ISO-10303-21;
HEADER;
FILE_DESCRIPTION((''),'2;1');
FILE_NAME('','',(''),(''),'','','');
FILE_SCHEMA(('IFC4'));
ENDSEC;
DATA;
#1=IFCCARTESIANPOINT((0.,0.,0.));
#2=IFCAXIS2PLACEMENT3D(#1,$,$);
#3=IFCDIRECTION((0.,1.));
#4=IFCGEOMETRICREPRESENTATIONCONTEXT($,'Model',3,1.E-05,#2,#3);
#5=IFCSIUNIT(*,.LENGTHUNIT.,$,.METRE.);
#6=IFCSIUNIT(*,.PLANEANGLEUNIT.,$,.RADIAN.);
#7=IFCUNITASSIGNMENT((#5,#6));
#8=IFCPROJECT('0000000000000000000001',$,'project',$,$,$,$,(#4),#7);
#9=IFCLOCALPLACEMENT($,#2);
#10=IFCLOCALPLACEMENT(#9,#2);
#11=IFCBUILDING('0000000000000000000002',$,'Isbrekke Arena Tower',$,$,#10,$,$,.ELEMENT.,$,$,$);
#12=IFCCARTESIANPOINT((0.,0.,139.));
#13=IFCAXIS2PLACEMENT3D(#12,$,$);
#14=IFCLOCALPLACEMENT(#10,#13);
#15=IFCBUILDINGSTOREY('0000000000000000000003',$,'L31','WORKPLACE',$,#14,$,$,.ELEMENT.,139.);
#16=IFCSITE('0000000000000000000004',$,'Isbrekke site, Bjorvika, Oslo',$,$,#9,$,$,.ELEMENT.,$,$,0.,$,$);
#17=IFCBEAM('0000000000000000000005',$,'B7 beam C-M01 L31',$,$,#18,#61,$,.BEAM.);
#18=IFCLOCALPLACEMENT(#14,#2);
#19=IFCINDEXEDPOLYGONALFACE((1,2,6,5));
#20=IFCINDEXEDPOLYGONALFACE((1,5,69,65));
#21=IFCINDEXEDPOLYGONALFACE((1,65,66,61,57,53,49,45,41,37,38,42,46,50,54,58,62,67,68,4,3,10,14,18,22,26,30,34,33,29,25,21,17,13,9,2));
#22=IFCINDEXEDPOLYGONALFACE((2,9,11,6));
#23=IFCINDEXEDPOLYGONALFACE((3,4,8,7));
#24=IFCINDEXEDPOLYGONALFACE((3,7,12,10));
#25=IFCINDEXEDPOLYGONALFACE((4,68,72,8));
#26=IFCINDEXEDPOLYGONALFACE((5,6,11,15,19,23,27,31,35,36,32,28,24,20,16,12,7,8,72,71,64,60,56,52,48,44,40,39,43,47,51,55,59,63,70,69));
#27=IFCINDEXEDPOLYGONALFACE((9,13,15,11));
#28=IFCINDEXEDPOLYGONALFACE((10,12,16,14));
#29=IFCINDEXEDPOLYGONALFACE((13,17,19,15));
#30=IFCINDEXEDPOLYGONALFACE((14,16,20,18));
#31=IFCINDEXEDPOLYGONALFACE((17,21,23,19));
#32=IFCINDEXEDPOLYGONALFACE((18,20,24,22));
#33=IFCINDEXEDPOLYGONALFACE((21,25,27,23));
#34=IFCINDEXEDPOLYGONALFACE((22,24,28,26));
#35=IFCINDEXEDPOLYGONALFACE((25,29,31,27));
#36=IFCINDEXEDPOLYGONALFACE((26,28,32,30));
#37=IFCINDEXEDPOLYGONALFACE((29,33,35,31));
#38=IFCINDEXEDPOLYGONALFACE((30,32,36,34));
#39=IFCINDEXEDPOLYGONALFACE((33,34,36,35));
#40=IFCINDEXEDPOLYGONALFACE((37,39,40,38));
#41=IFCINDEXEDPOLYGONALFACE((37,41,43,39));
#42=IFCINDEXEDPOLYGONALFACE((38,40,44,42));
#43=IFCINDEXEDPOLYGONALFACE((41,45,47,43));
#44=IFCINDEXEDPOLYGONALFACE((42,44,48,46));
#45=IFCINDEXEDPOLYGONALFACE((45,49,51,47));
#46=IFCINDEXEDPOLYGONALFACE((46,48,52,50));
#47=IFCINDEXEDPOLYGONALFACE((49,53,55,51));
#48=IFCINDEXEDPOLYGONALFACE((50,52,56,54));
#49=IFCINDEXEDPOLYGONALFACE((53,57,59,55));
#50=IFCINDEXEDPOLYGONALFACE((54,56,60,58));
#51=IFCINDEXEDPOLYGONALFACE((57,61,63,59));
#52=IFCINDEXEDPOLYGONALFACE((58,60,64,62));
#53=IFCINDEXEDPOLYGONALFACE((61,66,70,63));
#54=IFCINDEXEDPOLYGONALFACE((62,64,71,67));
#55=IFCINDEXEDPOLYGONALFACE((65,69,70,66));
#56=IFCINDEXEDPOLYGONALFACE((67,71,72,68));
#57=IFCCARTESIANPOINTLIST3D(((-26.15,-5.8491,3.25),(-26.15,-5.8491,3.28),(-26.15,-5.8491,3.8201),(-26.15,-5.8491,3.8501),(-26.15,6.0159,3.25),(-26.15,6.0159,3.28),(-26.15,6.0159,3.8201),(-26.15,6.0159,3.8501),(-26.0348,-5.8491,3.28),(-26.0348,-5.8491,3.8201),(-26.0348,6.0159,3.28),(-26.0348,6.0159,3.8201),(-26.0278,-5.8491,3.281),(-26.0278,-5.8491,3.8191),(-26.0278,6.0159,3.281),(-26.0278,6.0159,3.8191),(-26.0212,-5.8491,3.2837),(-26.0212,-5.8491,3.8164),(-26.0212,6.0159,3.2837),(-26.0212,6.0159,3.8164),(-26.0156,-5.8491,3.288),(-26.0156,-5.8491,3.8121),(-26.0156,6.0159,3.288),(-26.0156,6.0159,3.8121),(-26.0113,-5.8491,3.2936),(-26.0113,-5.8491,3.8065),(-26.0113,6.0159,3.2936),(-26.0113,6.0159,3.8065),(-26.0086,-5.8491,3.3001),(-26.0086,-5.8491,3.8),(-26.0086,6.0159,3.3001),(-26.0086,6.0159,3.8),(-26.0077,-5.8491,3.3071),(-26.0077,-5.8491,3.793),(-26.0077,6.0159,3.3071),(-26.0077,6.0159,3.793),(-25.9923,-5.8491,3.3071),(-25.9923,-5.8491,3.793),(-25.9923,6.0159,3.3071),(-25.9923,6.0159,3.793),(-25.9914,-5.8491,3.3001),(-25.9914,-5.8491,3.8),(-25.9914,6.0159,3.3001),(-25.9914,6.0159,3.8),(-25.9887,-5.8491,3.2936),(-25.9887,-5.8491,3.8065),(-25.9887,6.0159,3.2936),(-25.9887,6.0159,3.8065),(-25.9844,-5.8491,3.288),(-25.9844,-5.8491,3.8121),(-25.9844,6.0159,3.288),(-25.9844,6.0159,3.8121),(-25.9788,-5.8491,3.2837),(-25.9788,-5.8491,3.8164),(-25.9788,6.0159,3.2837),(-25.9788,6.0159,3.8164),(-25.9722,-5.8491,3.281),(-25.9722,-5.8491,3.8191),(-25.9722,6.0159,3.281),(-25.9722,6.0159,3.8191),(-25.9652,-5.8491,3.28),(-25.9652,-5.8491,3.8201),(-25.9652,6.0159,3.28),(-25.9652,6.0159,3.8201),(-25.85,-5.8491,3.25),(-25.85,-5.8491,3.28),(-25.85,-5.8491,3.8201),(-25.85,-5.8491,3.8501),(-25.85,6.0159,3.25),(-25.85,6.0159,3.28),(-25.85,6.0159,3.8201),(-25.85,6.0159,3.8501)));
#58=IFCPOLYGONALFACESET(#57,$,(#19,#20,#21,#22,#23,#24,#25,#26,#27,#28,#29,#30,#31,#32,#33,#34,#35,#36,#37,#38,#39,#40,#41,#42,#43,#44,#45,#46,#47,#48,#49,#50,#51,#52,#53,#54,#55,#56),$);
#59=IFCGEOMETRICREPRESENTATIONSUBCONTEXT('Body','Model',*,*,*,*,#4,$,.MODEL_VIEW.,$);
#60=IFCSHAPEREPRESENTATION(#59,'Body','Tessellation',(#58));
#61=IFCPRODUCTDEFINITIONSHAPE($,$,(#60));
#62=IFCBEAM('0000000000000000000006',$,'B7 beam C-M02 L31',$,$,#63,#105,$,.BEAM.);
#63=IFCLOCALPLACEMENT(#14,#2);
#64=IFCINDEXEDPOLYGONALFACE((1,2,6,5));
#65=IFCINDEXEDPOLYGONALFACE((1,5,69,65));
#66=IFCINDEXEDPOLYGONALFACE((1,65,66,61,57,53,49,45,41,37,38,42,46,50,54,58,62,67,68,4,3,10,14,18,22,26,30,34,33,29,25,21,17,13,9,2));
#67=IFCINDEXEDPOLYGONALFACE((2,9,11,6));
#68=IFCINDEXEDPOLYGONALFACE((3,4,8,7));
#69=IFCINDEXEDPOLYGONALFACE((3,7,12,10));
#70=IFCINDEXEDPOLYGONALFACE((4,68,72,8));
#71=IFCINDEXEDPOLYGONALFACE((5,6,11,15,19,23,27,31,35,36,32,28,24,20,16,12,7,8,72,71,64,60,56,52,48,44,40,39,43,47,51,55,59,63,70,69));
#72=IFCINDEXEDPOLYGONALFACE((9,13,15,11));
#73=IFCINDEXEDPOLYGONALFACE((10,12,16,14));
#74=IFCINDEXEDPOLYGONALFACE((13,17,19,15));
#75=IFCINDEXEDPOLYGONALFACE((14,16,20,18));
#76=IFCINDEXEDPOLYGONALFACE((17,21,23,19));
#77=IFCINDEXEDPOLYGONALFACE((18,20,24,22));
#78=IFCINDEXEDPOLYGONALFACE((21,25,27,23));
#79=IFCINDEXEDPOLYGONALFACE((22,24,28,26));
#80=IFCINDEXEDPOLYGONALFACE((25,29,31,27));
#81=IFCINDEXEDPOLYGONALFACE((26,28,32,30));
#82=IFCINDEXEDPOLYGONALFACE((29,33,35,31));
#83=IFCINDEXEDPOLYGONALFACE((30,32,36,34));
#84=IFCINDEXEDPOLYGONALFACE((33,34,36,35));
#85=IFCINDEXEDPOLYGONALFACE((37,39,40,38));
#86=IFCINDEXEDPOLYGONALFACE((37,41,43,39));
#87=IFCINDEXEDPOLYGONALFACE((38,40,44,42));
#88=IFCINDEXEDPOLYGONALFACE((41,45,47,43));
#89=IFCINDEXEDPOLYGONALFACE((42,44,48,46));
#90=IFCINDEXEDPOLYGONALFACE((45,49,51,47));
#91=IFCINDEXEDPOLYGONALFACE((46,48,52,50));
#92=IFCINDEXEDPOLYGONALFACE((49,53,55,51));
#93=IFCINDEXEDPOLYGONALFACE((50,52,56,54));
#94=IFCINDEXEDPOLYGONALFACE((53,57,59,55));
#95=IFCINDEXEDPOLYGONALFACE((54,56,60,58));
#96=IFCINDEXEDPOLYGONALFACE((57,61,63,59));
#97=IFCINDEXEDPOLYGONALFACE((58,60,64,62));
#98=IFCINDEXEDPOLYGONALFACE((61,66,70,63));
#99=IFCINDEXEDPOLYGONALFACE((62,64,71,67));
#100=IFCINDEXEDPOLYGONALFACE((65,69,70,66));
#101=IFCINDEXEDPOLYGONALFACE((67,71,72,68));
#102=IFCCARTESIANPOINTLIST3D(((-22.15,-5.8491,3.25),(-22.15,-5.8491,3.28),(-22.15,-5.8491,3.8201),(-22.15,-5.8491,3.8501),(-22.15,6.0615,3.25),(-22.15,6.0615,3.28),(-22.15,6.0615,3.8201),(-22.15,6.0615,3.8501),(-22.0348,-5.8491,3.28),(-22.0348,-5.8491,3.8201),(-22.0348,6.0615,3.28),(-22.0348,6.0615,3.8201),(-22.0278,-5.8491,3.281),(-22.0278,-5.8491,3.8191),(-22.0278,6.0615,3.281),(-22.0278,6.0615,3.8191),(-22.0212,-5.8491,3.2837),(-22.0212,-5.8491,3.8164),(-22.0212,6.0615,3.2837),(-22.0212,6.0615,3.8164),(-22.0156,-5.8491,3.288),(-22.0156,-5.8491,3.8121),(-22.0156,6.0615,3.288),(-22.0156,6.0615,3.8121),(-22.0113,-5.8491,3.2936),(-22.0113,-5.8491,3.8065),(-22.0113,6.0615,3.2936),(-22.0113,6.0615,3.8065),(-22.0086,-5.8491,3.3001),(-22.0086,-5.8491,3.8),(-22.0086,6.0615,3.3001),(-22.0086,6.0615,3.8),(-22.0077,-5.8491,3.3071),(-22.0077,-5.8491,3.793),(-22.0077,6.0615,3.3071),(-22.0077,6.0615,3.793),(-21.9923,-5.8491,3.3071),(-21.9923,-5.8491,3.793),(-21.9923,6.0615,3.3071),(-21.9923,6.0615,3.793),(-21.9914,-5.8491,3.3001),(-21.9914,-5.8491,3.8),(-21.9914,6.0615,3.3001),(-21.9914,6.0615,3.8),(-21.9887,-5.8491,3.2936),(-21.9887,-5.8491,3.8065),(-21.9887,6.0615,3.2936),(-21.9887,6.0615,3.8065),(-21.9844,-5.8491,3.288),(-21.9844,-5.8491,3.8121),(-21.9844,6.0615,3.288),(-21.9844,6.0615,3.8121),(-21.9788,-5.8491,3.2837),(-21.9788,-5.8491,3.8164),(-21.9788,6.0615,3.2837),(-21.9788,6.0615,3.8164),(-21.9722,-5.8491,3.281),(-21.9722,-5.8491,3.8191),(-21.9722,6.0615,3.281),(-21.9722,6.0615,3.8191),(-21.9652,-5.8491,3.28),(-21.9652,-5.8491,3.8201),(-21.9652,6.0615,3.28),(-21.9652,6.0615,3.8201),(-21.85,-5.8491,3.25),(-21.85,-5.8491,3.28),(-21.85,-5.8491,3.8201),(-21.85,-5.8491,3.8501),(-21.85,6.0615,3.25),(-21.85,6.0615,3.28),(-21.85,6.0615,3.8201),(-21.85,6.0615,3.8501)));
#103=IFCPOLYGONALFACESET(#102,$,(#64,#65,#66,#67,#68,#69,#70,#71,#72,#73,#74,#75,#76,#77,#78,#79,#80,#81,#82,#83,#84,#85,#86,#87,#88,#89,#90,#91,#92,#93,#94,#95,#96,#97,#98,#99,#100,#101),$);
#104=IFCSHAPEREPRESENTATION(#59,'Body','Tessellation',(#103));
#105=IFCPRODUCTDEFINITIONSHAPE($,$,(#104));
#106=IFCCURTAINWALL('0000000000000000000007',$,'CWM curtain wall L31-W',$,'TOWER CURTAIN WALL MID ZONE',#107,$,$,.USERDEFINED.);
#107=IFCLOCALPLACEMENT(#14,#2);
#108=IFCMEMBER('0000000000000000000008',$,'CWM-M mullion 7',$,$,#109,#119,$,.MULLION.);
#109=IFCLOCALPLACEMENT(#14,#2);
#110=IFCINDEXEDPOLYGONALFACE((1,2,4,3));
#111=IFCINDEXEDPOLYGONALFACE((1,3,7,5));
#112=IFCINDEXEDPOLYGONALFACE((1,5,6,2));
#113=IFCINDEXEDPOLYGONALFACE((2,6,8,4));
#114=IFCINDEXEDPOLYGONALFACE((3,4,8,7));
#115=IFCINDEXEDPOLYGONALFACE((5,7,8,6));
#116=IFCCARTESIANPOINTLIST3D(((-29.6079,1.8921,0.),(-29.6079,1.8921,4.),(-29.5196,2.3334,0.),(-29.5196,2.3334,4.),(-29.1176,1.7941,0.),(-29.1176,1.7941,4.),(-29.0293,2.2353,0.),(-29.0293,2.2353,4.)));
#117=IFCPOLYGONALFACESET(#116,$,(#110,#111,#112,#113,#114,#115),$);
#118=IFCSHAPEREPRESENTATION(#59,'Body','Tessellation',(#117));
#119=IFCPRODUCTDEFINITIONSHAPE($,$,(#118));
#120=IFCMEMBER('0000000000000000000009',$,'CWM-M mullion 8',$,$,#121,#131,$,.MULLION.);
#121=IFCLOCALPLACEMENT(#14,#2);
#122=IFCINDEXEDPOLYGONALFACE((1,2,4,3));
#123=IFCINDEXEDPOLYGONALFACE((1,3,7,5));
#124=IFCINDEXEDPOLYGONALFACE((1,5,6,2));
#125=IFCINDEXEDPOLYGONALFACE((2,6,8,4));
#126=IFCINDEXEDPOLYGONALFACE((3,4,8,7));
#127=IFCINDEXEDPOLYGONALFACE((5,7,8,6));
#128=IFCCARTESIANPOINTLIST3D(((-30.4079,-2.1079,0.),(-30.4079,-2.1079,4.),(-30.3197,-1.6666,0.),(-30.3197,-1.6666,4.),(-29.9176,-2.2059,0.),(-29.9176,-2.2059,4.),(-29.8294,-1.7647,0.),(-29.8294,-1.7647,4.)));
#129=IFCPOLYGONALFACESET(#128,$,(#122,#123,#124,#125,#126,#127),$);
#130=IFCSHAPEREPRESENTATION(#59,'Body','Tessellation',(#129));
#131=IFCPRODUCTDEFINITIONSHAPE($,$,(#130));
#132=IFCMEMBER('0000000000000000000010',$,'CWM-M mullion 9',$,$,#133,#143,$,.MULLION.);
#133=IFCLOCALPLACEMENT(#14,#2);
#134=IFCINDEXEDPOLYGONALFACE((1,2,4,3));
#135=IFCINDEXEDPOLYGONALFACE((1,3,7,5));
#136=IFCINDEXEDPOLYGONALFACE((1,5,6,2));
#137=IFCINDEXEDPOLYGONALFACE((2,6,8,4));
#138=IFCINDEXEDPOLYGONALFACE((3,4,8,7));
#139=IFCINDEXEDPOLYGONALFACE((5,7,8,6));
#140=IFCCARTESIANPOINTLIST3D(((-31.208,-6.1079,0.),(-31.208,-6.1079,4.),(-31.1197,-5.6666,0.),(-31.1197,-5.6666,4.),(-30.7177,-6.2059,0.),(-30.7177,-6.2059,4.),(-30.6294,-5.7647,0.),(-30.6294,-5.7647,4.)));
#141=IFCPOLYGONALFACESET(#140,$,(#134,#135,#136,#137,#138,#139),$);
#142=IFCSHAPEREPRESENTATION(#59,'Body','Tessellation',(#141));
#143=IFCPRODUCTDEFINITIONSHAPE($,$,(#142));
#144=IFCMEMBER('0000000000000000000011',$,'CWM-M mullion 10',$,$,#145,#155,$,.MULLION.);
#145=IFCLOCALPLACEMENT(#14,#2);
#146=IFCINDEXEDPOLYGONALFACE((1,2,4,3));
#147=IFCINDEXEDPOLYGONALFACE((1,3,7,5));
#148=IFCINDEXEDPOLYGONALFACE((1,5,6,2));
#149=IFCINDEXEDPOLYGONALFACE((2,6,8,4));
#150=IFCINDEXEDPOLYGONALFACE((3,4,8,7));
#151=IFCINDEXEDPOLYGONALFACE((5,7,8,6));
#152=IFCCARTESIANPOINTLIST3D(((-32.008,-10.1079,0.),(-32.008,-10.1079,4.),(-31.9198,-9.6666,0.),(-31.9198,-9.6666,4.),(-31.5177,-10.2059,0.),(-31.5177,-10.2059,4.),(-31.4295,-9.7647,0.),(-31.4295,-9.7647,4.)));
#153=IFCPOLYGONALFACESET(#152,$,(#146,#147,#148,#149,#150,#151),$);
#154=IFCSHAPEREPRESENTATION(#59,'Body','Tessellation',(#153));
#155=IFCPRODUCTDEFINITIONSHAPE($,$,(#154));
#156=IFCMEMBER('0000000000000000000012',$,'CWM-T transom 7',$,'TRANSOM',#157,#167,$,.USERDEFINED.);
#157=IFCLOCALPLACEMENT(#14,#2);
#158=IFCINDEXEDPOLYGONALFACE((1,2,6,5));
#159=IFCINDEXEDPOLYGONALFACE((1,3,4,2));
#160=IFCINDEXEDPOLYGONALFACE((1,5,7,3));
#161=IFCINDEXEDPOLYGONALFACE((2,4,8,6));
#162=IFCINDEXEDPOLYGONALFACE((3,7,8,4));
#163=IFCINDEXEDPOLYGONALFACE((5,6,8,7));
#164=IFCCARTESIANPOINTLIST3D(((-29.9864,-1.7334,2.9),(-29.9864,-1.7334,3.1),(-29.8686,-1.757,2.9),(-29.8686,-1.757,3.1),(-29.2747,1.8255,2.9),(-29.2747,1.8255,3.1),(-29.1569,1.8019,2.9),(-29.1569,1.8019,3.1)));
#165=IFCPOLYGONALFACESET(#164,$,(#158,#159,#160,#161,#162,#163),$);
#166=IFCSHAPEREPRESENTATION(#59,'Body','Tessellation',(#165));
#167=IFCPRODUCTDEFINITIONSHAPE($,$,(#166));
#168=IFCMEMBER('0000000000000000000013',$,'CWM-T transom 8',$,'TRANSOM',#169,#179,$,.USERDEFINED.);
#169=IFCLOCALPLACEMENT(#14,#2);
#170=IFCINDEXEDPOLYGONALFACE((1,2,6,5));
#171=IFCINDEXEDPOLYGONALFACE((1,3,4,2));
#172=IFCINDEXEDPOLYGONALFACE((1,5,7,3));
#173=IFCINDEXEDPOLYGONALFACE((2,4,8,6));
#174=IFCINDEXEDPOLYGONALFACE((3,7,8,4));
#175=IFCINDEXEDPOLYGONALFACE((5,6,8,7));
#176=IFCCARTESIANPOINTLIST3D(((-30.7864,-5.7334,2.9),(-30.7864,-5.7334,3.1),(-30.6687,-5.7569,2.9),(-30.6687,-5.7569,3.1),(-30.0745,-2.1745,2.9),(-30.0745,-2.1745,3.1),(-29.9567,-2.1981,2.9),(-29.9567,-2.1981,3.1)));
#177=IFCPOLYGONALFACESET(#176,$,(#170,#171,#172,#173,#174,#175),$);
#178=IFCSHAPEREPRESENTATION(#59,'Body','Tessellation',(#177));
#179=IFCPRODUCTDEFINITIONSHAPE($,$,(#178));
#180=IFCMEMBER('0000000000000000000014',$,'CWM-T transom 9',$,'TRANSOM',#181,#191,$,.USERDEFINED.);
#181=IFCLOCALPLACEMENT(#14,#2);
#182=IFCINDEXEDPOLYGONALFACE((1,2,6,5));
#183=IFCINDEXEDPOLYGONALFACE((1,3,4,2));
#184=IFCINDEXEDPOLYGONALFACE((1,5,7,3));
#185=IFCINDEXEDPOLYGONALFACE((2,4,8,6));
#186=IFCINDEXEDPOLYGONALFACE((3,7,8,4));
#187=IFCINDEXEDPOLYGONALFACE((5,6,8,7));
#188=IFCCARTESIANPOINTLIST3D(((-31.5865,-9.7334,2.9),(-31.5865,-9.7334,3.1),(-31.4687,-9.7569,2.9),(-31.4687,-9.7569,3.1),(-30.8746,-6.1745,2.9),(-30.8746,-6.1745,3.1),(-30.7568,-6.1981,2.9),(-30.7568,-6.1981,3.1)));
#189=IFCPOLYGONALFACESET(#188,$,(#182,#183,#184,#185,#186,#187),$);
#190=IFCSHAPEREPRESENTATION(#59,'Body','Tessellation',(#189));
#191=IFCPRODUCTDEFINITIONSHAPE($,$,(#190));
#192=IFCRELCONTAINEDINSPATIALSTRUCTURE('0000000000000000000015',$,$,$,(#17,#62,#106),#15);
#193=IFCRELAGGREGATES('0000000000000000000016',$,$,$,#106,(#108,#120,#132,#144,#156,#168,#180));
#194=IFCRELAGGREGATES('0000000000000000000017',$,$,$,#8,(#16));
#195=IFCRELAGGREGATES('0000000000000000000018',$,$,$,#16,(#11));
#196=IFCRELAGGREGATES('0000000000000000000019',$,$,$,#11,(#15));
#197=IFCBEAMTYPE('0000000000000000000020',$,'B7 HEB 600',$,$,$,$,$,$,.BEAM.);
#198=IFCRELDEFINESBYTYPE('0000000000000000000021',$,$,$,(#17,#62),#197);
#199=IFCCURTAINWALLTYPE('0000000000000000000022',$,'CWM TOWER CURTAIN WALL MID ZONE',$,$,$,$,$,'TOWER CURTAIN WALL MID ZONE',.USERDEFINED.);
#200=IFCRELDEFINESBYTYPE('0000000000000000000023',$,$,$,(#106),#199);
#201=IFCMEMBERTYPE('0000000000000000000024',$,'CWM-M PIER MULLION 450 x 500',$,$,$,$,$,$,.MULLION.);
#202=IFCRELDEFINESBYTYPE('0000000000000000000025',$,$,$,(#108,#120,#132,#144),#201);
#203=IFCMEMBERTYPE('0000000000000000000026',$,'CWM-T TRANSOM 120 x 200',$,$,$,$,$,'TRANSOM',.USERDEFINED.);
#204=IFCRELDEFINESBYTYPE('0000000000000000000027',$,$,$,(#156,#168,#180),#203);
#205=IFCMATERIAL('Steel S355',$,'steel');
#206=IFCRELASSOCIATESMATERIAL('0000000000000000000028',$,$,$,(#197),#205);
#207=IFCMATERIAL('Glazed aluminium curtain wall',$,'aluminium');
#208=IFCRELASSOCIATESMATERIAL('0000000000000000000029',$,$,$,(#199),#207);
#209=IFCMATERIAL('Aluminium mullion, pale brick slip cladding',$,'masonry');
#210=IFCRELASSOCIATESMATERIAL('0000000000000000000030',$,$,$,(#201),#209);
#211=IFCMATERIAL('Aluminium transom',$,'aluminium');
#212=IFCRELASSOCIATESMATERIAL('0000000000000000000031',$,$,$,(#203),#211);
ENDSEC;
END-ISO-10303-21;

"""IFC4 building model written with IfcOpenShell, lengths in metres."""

from ifc_helpers import new_model, si_unit, direction, frame, origin, origin_2d, place, context, subcontext, project, spatial, rectangle, i_section, extrude, material, material_profile, profile_set, type_object, element, aggregate, save


model = new_model("IFC4")

# Units and contexts
model_context = context("Model", 3, precision=1e-05, world=origin(), true_north=direction((0.0, 1.0)))
body_context = subcontext(model_context, "Body", "Model", "MODEL_VIEW")
ifc_project = project(units=[si_unit("LENGTHUNIT", "METRE"), si_unit("PLANEANGLEUNIT", "RADIAN")], contexts=[model_context])

# Site, building, storey
site_placement = place(None, origin())
site = spatial("IfcSite", under=ifc_project, at=site_placement, Name="Isbrekke site, Bjorvika, Oslo", CompositionType="ELEMENT", RefElevation=0.0)
building_placement = place(site_placement, origin())
building = spatial("IfcBuilding", under=site, at=building_placement, Name="Isbrekke Arena Tower", CompositionType="ELEMENT")
storey_placement = place(building_placement, frame((0.0, 0.0, 139.0)))
storey = spatial("IfcBuildingStorey", under=building, at=storey_placement, Name="L31", Description="WORKPLACE", CompositionType="ELEMENT", Elevation=139.0)

# Beams
ifc_material_1 = material(Name="Steel S355", Category="steel")
ifc_material_profile_1 = material_profile(ifc_material_1, i_section(OverallWidth=0.3, OverallDepth=0.6001, WebThickness=0.0154, FlangeThickness=0.03, FilletRadius=0.0271, at=origin_2d()), Name="HEB 600")
ifc_profile_set_1 = profile_set([ifc_material_profile_1], Name="Steel S355")
beam_type_1 = type_object("IfcBeamType", Name="B7 HEB 600", PredefinedType="BEAM", material=ifc_profile_set_1)
beam_1_placement = place(storey_placement, frame((-26.0, -5.8491, 3.55), z_axis=(0.0, 1.0, 0.0), x_axis=(-1.0, 0.0, 0.0)))
element("IfcBeam", 1, at=beam_1_placement, inside=storey, type_object=beam_type_1, Name="B7 beam C-M01 L31", PredefinedType="BEAM", context=body_context, shape_type="SweptSolid", body=[
    extrude(i_section(OverallWidth=0.3, OverallDepth=0.6001, WebThickness=0.0154, FlangeThickness=0.03, FilletRadius=0.0271, at=origin_2d()), origin(), (0.0, 0.0, 1.0), 11.865),
])
beam_2_placement = place(storey_placement, frame((-22.0, -5.8491, 3.55), z_axis=(0.0, 1.0, 0.0), x_axis=(-1.0, 0.0, 0.0)))
element("IfcBeam", 2, at=beam_2_placement, inside=storey, type_object=beam_type_1, Name="B7 beam C-M02 L31", PredefinedType="BEAM", context=body_context, shape_type="SweptSolid", body=[
    extrude(i_section(OverallWidth=0.3, OverallDepth=0.6001, WebThickness=0.0154, FlangeThickness=0.03, FilletRadius=0.0271, at=origin_2d()), origin(), (0.0, 0.0, 1.0), 11.9106),
])

# Curtain wall, members
ifc_material_2 = material(Name="Glazed aluminium curtain wall", Category="aluminium")
curtain_wall_type = type_object("IfcCurtainWallType", Name="CWM TOWER CURTAIN WALL MID ZONE", ElementType="TOWER CURTAIN WALL MID ZONE", PredefinedType="USERDEFINED", material=ifc_material_2)
curtain_wall_placement = place(storey_placement, origin())
curtain_wall = element("IfcCurtainWall", 3, at=curtain_wall_placement, inside=storey, type_object=curtain_wall_type, Name="CWM curtain wall L31-W", ObjectType="TOWER CURTAIN WALL MID ZONE", PredefinedType="USERDEFINED")
ifc_material_3 = material(Name="Aluminium mullion, pale brick slip cladding", Category="masonry")
ifc_material_profile_2 = material_profile(ifc_material_3, rectangle(XDim=0.45, YDim=0.5, at=origin_2d()), Name="PIER 450X500")
ifc_profile_set_2 = profile_set([ifc_material_profile_2], Name="Aluminium mullion, pale brick slip cladding")
member_type_1 = type_object("IfcMemberType", Name="CWM-M PIER MULLION 450 x 500", PredefinedType="MULLION", material=ifc_profile_set_2)
member_1_placement = place(storey_placement, frame((-29.3186, 2.0637, 0.0), z_axis=(0.0, 0.0, 1.0), x_axis=(-0.196116, -0.980581, 0.0)))
member_1 = element("IfcMember", 4, at=member_1_placement, type_object=member_type_1, Name="CWM-M mullion 7", PredefinedType="MULLION", context=body_context, shape_type="SweptSolid", body=[
    extrude(rectangle(XDim=0.45, YDim=0.5, at=origin_2d()), origin(), (0.0, 0.0, 1.0), 4.0),
])
member_2_placement = place(storey_placement, frame((-30.1187, -1.9363, 0.0), z_axis=(0.0, 0.0, 1.0), x_axis=(-0.196116, -0.980581, 0.0)))
member_2 = element("IfcMember", 5, at=member_2_placement, type_object=member_type_1, Name="CWM-M mullion 8", PredefinedType="MULLION", context=body_context, shape_type="SweptSolid", body=[
    extrude(rectangle(XDim=0.45, YDim=0.5, at=origin_2d()), origin(), (0.0, 0.0, 1.0), 4.0),
])
member_3_placement = place(storey_placement, frame((-30.9187, -5.9363, 0.0), z_axis=(0.0, 0.0, 1.0), x_axis=(-0.196116, -0.980581, 0.0)))
member_3 = element("IfcMember", 6, at=member_3_placement, type_object=member_type_1, Name="CWM-M mullion 9", PredefinedType="MULLION", context=body_context, shape_type="SweptSolid", body=[
    extrude(rectangle(XDim=0.45, YDim=0.5, at=origin_2d()), origin(), (0.0, 0.0, 1.0), 4.0),
])
member_4_placement = place(storey_placement, frame((-31.7188, -9.9363, 0.0), z_axis=(0.0, 0.0, 1.0), x_axis=(-0.196116, -0.980581, 0.0)))
member_4 = element("IfcMember", 7, at=member_4_placement, type_object=member_type_1, Name="CWM-M mullion 10", PredefinedType="MULLION", context=body_context, shape_type="SweptSolid", body=[
    extrude(rectangle(XDim=0.45, YDim=0.5, at=origin_2d()), origin(), (0.0, 0.0, 1.0), 4.0),
])
ifc_material_4 = material(Name="Aluminium transom", Category="aluminium")
ifc_material_profile_3 = material_profile(ifc_material_4, rectangle(XDim=0.1201, YDim=0.2, at=origin_2d()), Name="TRANSOM 120X200")
ifc_profile_set_3 = profile_set([ifc_material_profile_3], Name="Aluminium transom")
member_type_2 = type_object("IfcMemberType", Name="CWM-T TRANSOM 120 x 200", ElementType="TRANSOM", PredefinedType="USERDEFINED", material=ifc_profile_set_3)
member_5_placement = place(storey_placement, frame((-29.2158, 1.8137, 3.0), z_axis=(-0.19609, -0.980586, 0.0), x_axis=(0.980586, -0.19609, 0.0)))
member_5 = element("IfcMember", 8, at=member_5_placement, type_object=member_type_2, Name="CWM-T transom 7", ObjectType="TRANSOM", PredefinedType="USERDEFINED", context=body_context, shape_type="SweptSolid", body=[
    extrude(rectangle(XDim=0.1201, YDim=0.2, at=origin_2d()), origin(), (0.0, 0.0, 1.0), 3.6294),
])
member_6_placement = place(storey_placement, frame((-30.0156, -2.1863, 3.0), z_axis=(-0.196155, -0.980573, 0.0), x_axis=(0.980573, -0.196155, 0.0)))
member_6 = element("IfcMember", 9, at=member_6_placement, type_object=member_type_2, Name="CWM-T transom 8", ObjectType="TRANSOM", PredefinedType="USERDEFINED", context=body_context, shape_type="SweptSolid", body=[
    extrude(rectangle(XDim=0.1201, YDim=0.2, at=origin_2d()), origin(), (0.0, 0.0, 1.0), 3.6294),
])
member_7_placement = place(storey_placement, frame((-30.8157, -6.1863, 3.0), z_axis=(-0.196155, -0.980573, 0.0), x_axis=(0.980573, -0.196155, 0.0)))
member_7 = element("IfcMember", 10, at=member_7_placement, type_object=member_type_2, Name="CWM-T transom 9", ObjectType="TRANSOM", PredefinedType="USERDEFINED", context=body_context, shape_type="SweptSolid", body=[
    extrude(rectangle(XDim=0.1201, YDim=0.2, at=origin_2d()), origin(), (0.0, 0.0, 1.0), 3.6294),
])

aggregate(curtain_wall, [member_1, member_2, member_3, member_4, member_5, member_6, member_7])

save(model, "model.ifc")
